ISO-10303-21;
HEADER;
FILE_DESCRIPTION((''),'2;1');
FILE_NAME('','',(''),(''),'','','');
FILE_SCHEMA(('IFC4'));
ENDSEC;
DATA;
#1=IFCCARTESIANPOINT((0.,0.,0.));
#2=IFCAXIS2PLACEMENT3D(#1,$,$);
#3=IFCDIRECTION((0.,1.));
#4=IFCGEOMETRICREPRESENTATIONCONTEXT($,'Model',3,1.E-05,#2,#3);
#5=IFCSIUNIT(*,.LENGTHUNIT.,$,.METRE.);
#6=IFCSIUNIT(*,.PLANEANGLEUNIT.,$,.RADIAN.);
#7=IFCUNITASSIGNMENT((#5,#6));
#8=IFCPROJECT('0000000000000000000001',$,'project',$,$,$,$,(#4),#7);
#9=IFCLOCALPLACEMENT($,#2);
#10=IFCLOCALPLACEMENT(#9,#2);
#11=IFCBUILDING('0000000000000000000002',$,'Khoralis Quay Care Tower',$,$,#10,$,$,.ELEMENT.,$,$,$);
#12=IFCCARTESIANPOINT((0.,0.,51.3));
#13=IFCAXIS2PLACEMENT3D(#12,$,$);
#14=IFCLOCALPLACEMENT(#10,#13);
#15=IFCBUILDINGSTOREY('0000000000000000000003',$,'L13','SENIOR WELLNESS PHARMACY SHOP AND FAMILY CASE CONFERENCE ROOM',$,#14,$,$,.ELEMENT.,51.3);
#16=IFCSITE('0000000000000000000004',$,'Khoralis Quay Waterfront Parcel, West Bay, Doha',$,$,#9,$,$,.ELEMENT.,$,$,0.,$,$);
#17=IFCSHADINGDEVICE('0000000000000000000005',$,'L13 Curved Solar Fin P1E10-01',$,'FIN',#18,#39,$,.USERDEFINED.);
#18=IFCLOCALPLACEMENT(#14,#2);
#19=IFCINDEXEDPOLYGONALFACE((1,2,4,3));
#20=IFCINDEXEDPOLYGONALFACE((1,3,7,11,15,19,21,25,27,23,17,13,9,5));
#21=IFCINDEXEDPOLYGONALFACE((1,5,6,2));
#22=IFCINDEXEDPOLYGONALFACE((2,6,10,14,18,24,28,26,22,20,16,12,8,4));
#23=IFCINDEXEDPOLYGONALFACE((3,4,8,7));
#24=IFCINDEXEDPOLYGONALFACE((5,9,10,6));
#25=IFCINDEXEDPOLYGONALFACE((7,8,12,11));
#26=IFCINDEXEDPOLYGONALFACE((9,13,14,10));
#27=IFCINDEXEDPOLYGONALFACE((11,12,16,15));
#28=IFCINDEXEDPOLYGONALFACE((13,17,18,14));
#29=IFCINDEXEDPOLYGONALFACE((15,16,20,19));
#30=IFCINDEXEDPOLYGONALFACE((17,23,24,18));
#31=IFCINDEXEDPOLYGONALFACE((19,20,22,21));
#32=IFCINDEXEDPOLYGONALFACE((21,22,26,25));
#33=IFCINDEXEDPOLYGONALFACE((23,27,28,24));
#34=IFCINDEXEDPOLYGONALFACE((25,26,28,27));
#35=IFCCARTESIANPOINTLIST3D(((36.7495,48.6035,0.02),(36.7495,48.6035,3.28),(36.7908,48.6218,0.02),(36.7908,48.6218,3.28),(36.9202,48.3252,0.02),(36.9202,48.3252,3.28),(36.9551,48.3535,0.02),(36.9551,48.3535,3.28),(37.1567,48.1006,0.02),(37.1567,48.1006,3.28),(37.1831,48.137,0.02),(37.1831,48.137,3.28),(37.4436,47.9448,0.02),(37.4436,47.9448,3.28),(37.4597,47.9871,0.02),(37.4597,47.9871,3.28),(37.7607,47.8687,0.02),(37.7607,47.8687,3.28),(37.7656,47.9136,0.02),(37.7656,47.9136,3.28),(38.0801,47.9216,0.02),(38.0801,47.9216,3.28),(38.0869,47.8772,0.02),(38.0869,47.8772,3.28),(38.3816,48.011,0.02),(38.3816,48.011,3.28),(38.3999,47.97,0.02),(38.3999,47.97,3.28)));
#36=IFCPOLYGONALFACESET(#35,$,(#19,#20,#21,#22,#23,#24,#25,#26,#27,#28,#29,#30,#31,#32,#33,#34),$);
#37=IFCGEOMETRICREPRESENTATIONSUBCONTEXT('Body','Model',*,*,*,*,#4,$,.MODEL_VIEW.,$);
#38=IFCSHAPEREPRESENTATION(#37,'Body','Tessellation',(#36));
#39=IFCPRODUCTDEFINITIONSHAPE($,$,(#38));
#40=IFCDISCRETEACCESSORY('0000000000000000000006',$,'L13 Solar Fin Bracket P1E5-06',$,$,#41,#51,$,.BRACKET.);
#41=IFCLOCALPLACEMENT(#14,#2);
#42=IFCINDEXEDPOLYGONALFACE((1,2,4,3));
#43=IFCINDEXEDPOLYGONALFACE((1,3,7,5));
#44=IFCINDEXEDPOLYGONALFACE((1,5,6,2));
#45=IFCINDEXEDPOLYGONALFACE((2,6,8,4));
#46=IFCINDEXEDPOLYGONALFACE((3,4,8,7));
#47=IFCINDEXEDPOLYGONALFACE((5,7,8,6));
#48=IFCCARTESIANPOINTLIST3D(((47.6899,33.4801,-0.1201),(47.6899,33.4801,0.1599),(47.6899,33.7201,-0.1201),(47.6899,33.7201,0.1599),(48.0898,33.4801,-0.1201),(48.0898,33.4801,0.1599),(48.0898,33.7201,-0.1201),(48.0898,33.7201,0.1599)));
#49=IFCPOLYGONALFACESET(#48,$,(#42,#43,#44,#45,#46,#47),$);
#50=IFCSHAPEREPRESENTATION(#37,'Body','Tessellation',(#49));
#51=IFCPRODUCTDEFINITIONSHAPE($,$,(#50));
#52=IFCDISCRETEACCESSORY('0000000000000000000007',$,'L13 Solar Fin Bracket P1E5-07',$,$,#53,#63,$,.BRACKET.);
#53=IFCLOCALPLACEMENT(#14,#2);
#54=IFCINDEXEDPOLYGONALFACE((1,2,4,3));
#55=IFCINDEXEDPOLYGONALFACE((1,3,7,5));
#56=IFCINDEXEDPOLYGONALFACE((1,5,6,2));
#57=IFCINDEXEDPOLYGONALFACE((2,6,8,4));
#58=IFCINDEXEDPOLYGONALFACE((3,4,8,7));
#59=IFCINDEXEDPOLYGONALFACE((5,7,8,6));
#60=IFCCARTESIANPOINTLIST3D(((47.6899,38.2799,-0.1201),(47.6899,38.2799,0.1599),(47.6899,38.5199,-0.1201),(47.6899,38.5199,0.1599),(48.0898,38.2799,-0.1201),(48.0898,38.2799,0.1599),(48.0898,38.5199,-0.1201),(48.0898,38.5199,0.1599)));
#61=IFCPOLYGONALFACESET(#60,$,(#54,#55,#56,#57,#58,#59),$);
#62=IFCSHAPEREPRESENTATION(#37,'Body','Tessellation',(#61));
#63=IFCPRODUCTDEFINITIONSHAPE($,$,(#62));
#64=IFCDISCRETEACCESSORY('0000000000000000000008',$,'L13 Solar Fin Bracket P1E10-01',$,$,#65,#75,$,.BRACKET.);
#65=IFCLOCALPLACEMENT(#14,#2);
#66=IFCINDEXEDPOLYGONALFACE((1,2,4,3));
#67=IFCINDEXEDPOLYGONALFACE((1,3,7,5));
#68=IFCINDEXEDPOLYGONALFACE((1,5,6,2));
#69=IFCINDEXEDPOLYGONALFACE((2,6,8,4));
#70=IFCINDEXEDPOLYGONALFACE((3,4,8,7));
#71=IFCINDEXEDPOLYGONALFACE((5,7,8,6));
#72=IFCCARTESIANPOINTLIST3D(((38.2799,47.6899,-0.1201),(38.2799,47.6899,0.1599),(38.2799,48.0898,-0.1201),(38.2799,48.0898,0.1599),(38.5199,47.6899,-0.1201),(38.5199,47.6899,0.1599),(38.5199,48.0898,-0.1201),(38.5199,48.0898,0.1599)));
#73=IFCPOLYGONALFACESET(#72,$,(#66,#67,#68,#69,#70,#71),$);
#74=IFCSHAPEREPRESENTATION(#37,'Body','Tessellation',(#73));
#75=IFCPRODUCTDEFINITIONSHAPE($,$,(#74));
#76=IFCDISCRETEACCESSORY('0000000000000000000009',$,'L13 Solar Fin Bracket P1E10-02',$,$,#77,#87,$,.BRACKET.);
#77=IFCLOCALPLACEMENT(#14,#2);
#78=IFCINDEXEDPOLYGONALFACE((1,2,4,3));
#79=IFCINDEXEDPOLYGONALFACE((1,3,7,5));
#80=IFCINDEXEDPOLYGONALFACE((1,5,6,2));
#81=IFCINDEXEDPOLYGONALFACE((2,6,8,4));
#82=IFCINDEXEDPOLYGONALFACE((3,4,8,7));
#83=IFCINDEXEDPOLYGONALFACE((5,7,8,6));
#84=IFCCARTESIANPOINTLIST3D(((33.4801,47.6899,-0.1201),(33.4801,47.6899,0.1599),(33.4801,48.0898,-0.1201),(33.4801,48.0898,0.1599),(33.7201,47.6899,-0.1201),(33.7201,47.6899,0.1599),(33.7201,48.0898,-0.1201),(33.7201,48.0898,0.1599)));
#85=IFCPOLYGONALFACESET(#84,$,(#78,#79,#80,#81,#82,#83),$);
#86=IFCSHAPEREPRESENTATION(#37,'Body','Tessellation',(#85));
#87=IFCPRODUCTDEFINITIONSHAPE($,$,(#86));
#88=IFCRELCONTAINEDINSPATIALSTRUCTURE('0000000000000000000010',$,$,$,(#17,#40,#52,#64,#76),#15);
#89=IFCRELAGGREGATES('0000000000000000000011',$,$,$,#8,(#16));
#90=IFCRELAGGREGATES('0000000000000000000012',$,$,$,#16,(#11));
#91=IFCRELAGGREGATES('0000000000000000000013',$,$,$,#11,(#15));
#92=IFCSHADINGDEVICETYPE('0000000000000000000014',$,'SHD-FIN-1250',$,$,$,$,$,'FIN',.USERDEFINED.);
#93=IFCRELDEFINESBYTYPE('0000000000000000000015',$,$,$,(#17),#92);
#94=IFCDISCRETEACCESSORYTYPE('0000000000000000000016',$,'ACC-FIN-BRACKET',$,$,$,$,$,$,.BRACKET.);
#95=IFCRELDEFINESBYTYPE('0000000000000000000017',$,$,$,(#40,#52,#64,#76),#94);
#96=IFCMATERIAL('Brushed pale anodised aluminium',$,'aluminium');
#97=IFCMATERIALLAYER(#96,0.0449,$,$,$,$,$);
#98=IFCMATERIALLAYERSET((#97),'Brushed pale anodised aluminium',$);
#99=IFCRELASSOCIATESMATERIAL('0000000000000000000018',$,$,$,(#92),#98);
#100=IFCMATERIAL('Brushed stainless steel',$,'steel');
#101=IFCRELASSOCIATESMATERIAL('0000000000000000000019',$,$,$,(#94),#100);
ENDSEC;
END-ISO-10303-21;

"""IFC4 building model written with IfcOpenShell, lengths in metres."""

from ifc_helpers import new_model, si_unit, direction, frame, origin, origin_2d, place, context, subcontext, project, spatial, polyline, rectangle, outline, extrude, source, transform, mapped, material, layer, layer_set, type_object, element, save


model = new_model("IFC4")

# Units and contexts
model_context = context("Model", 3, precision=1e-05, world=origin(), true_north=direction((0.0, 1.0)))
body_context = subcontext(model_context, "Body", "Model", "MODEL_VIEW")
ifc_project = project(units=[si_unit("LENGTHUNIT", "METRE"), si_unit("PLANEANGLEUNIT", "RADIAN")], contexts=[model_context])

# Site, building, storey
site_placement = place(None, origin())
site = spatial("IfcSite", under=ifc_project, at=site_placement, Name="Khoralis Quay Waterfront Parcel, West Bay, Doha", CompositionType="ELEMENT", RefElevation=0.0)
building_placement = place(site_placement, origin())
building = spatial("IfcBuilding", under=site, at=building_placement, Name="Khoralis Quay Care Tower", CompositionType="ELEMENT")
storey_placement = place(building_placement, frame((0.0, 0.0, 51.3)))
storey = spatial("IfcBuildingStorey", under=building, at=storey_placement, Name="L13", Description="SENIOR WELLNESS PHARMACY SHOP AND FAMILY CASE CONFERENCE ROOM", CompositionType="ELEMENT", Elevation=51.3)

# Shading device
ifc_material_1 = material(Name="Brushed pale anodised aluminium", Category="aluminium")
ifc_layer_1 = layer(ifc_material_1, 0.0449)
ifc_layer_set_1 = layer_set([ifc_layer_1], Name="Brushed pale anodised aluminium")
shading_device_type = type_object("IfcShadingDeviceType", Name="SHD-FIN-1250", ElementType="FIN", PredefinedType="USERDEFINED", material=ifc_layer_set_1)
shared_shape_1 = source(origin(), body_context, "Body", "SweptSolid", [
    extrude(outline(polyline([(0.0, 0.0), (-0.0928, 0.313), (-0.1013, 0.6392), (-0.0251, 0.9563), (0.1306, 1.2432), (0.3552, 1.4797), (0.6335, 1.6504), (0.6519, 1.6091), (0.3835, 1.4448), (0.167, 1.2168), (0.0171, 0.9402), (-0.0564, 0.6343), (-0.0483, 0.3198), (0.041, 0.0183), (0.0, 0.0)])), origin(), (0.0, 0.0, 1.0), 3.26),
])
shading_device_1_placement = place(storey_placement, frame((38.3999, 47.97, 0.02), z_axis=(0.0, 0.0, 1.0), x_axis=(0.0, 1.0, 0.0)))
element("IfcShadingDevice", 1, at=shading_device_1_placement, inside=storey, type_object=shading_device_type, Name="L13 Curved Solar Fin P1E10-01", ObjectType="FIN", PredefinedType="USERDEFINED", context=body_context, shape_type="MappedRepresentation", body=[
    mapped(shared_shape_1, transform((0.0, 0.0, 0.0), scale=1.0)),
])

# Discrete accessories
ifc_material_2 = material(Name="Brushed stainless steel", Category="steel")
discrete_accessory_type = type_object("IfcDiscreteAccessoryType", Name="ACC-FIN-BRACKET", PredefinedType="BRACKET", material=ifc_material_2)
shared_shape_2 = source(origin(), body_context, "Body", "SweptSolid", [
    extrude(rectangle(XDim=0.3999, YDim=0.24, at=origin_2d()), origin(), (0.0, 0.0, 1.0), 0.28),
])
for number, where, z_axis, x_axis, name in (
    (2, (47.8899, 33.6001, -0.1201), (0.0, 0.0, 1.0), (1.0, 0.0, 0.0), "L13 Solar Fin Bracket P1E5-06"),
    (3, (47.8899, 38.3999, -0.1201), (0.0, 0.0, 1.0), (1.0, 0.0, 0.0), "L13 Solar Fin Bracket P1E5-07"),
    (4, (38.3999, 47.8899, -0.1201), (0.0, 0.0, 1.0), (0.0, 1.0, 0.0), "L13 Solar Fin Bracket P1E10-01"),
    (5, (33.6001, 47.8899, -0.1201), (0.0, 0.0, 1.0), (0.0, 1.0, 0.0), "L13 Solar Fin Bracket P1E10-02"),
):
    element("IfcDiscreteAccessory", number, at=place(storey_placement, frame(where, z_axis=z_axis, x_axis=x_axis)), inside=storey, type_object=discrete_accessory_type, Name=name, PredefinedType="BRACKET", context=body_context, shape_type="MappedRepresentation", body=[
        mapped(shared_shape_2, transform((0.0, 0.0, 0.0), scale=1.0)),
    ])

save(model, "model.ifc")
